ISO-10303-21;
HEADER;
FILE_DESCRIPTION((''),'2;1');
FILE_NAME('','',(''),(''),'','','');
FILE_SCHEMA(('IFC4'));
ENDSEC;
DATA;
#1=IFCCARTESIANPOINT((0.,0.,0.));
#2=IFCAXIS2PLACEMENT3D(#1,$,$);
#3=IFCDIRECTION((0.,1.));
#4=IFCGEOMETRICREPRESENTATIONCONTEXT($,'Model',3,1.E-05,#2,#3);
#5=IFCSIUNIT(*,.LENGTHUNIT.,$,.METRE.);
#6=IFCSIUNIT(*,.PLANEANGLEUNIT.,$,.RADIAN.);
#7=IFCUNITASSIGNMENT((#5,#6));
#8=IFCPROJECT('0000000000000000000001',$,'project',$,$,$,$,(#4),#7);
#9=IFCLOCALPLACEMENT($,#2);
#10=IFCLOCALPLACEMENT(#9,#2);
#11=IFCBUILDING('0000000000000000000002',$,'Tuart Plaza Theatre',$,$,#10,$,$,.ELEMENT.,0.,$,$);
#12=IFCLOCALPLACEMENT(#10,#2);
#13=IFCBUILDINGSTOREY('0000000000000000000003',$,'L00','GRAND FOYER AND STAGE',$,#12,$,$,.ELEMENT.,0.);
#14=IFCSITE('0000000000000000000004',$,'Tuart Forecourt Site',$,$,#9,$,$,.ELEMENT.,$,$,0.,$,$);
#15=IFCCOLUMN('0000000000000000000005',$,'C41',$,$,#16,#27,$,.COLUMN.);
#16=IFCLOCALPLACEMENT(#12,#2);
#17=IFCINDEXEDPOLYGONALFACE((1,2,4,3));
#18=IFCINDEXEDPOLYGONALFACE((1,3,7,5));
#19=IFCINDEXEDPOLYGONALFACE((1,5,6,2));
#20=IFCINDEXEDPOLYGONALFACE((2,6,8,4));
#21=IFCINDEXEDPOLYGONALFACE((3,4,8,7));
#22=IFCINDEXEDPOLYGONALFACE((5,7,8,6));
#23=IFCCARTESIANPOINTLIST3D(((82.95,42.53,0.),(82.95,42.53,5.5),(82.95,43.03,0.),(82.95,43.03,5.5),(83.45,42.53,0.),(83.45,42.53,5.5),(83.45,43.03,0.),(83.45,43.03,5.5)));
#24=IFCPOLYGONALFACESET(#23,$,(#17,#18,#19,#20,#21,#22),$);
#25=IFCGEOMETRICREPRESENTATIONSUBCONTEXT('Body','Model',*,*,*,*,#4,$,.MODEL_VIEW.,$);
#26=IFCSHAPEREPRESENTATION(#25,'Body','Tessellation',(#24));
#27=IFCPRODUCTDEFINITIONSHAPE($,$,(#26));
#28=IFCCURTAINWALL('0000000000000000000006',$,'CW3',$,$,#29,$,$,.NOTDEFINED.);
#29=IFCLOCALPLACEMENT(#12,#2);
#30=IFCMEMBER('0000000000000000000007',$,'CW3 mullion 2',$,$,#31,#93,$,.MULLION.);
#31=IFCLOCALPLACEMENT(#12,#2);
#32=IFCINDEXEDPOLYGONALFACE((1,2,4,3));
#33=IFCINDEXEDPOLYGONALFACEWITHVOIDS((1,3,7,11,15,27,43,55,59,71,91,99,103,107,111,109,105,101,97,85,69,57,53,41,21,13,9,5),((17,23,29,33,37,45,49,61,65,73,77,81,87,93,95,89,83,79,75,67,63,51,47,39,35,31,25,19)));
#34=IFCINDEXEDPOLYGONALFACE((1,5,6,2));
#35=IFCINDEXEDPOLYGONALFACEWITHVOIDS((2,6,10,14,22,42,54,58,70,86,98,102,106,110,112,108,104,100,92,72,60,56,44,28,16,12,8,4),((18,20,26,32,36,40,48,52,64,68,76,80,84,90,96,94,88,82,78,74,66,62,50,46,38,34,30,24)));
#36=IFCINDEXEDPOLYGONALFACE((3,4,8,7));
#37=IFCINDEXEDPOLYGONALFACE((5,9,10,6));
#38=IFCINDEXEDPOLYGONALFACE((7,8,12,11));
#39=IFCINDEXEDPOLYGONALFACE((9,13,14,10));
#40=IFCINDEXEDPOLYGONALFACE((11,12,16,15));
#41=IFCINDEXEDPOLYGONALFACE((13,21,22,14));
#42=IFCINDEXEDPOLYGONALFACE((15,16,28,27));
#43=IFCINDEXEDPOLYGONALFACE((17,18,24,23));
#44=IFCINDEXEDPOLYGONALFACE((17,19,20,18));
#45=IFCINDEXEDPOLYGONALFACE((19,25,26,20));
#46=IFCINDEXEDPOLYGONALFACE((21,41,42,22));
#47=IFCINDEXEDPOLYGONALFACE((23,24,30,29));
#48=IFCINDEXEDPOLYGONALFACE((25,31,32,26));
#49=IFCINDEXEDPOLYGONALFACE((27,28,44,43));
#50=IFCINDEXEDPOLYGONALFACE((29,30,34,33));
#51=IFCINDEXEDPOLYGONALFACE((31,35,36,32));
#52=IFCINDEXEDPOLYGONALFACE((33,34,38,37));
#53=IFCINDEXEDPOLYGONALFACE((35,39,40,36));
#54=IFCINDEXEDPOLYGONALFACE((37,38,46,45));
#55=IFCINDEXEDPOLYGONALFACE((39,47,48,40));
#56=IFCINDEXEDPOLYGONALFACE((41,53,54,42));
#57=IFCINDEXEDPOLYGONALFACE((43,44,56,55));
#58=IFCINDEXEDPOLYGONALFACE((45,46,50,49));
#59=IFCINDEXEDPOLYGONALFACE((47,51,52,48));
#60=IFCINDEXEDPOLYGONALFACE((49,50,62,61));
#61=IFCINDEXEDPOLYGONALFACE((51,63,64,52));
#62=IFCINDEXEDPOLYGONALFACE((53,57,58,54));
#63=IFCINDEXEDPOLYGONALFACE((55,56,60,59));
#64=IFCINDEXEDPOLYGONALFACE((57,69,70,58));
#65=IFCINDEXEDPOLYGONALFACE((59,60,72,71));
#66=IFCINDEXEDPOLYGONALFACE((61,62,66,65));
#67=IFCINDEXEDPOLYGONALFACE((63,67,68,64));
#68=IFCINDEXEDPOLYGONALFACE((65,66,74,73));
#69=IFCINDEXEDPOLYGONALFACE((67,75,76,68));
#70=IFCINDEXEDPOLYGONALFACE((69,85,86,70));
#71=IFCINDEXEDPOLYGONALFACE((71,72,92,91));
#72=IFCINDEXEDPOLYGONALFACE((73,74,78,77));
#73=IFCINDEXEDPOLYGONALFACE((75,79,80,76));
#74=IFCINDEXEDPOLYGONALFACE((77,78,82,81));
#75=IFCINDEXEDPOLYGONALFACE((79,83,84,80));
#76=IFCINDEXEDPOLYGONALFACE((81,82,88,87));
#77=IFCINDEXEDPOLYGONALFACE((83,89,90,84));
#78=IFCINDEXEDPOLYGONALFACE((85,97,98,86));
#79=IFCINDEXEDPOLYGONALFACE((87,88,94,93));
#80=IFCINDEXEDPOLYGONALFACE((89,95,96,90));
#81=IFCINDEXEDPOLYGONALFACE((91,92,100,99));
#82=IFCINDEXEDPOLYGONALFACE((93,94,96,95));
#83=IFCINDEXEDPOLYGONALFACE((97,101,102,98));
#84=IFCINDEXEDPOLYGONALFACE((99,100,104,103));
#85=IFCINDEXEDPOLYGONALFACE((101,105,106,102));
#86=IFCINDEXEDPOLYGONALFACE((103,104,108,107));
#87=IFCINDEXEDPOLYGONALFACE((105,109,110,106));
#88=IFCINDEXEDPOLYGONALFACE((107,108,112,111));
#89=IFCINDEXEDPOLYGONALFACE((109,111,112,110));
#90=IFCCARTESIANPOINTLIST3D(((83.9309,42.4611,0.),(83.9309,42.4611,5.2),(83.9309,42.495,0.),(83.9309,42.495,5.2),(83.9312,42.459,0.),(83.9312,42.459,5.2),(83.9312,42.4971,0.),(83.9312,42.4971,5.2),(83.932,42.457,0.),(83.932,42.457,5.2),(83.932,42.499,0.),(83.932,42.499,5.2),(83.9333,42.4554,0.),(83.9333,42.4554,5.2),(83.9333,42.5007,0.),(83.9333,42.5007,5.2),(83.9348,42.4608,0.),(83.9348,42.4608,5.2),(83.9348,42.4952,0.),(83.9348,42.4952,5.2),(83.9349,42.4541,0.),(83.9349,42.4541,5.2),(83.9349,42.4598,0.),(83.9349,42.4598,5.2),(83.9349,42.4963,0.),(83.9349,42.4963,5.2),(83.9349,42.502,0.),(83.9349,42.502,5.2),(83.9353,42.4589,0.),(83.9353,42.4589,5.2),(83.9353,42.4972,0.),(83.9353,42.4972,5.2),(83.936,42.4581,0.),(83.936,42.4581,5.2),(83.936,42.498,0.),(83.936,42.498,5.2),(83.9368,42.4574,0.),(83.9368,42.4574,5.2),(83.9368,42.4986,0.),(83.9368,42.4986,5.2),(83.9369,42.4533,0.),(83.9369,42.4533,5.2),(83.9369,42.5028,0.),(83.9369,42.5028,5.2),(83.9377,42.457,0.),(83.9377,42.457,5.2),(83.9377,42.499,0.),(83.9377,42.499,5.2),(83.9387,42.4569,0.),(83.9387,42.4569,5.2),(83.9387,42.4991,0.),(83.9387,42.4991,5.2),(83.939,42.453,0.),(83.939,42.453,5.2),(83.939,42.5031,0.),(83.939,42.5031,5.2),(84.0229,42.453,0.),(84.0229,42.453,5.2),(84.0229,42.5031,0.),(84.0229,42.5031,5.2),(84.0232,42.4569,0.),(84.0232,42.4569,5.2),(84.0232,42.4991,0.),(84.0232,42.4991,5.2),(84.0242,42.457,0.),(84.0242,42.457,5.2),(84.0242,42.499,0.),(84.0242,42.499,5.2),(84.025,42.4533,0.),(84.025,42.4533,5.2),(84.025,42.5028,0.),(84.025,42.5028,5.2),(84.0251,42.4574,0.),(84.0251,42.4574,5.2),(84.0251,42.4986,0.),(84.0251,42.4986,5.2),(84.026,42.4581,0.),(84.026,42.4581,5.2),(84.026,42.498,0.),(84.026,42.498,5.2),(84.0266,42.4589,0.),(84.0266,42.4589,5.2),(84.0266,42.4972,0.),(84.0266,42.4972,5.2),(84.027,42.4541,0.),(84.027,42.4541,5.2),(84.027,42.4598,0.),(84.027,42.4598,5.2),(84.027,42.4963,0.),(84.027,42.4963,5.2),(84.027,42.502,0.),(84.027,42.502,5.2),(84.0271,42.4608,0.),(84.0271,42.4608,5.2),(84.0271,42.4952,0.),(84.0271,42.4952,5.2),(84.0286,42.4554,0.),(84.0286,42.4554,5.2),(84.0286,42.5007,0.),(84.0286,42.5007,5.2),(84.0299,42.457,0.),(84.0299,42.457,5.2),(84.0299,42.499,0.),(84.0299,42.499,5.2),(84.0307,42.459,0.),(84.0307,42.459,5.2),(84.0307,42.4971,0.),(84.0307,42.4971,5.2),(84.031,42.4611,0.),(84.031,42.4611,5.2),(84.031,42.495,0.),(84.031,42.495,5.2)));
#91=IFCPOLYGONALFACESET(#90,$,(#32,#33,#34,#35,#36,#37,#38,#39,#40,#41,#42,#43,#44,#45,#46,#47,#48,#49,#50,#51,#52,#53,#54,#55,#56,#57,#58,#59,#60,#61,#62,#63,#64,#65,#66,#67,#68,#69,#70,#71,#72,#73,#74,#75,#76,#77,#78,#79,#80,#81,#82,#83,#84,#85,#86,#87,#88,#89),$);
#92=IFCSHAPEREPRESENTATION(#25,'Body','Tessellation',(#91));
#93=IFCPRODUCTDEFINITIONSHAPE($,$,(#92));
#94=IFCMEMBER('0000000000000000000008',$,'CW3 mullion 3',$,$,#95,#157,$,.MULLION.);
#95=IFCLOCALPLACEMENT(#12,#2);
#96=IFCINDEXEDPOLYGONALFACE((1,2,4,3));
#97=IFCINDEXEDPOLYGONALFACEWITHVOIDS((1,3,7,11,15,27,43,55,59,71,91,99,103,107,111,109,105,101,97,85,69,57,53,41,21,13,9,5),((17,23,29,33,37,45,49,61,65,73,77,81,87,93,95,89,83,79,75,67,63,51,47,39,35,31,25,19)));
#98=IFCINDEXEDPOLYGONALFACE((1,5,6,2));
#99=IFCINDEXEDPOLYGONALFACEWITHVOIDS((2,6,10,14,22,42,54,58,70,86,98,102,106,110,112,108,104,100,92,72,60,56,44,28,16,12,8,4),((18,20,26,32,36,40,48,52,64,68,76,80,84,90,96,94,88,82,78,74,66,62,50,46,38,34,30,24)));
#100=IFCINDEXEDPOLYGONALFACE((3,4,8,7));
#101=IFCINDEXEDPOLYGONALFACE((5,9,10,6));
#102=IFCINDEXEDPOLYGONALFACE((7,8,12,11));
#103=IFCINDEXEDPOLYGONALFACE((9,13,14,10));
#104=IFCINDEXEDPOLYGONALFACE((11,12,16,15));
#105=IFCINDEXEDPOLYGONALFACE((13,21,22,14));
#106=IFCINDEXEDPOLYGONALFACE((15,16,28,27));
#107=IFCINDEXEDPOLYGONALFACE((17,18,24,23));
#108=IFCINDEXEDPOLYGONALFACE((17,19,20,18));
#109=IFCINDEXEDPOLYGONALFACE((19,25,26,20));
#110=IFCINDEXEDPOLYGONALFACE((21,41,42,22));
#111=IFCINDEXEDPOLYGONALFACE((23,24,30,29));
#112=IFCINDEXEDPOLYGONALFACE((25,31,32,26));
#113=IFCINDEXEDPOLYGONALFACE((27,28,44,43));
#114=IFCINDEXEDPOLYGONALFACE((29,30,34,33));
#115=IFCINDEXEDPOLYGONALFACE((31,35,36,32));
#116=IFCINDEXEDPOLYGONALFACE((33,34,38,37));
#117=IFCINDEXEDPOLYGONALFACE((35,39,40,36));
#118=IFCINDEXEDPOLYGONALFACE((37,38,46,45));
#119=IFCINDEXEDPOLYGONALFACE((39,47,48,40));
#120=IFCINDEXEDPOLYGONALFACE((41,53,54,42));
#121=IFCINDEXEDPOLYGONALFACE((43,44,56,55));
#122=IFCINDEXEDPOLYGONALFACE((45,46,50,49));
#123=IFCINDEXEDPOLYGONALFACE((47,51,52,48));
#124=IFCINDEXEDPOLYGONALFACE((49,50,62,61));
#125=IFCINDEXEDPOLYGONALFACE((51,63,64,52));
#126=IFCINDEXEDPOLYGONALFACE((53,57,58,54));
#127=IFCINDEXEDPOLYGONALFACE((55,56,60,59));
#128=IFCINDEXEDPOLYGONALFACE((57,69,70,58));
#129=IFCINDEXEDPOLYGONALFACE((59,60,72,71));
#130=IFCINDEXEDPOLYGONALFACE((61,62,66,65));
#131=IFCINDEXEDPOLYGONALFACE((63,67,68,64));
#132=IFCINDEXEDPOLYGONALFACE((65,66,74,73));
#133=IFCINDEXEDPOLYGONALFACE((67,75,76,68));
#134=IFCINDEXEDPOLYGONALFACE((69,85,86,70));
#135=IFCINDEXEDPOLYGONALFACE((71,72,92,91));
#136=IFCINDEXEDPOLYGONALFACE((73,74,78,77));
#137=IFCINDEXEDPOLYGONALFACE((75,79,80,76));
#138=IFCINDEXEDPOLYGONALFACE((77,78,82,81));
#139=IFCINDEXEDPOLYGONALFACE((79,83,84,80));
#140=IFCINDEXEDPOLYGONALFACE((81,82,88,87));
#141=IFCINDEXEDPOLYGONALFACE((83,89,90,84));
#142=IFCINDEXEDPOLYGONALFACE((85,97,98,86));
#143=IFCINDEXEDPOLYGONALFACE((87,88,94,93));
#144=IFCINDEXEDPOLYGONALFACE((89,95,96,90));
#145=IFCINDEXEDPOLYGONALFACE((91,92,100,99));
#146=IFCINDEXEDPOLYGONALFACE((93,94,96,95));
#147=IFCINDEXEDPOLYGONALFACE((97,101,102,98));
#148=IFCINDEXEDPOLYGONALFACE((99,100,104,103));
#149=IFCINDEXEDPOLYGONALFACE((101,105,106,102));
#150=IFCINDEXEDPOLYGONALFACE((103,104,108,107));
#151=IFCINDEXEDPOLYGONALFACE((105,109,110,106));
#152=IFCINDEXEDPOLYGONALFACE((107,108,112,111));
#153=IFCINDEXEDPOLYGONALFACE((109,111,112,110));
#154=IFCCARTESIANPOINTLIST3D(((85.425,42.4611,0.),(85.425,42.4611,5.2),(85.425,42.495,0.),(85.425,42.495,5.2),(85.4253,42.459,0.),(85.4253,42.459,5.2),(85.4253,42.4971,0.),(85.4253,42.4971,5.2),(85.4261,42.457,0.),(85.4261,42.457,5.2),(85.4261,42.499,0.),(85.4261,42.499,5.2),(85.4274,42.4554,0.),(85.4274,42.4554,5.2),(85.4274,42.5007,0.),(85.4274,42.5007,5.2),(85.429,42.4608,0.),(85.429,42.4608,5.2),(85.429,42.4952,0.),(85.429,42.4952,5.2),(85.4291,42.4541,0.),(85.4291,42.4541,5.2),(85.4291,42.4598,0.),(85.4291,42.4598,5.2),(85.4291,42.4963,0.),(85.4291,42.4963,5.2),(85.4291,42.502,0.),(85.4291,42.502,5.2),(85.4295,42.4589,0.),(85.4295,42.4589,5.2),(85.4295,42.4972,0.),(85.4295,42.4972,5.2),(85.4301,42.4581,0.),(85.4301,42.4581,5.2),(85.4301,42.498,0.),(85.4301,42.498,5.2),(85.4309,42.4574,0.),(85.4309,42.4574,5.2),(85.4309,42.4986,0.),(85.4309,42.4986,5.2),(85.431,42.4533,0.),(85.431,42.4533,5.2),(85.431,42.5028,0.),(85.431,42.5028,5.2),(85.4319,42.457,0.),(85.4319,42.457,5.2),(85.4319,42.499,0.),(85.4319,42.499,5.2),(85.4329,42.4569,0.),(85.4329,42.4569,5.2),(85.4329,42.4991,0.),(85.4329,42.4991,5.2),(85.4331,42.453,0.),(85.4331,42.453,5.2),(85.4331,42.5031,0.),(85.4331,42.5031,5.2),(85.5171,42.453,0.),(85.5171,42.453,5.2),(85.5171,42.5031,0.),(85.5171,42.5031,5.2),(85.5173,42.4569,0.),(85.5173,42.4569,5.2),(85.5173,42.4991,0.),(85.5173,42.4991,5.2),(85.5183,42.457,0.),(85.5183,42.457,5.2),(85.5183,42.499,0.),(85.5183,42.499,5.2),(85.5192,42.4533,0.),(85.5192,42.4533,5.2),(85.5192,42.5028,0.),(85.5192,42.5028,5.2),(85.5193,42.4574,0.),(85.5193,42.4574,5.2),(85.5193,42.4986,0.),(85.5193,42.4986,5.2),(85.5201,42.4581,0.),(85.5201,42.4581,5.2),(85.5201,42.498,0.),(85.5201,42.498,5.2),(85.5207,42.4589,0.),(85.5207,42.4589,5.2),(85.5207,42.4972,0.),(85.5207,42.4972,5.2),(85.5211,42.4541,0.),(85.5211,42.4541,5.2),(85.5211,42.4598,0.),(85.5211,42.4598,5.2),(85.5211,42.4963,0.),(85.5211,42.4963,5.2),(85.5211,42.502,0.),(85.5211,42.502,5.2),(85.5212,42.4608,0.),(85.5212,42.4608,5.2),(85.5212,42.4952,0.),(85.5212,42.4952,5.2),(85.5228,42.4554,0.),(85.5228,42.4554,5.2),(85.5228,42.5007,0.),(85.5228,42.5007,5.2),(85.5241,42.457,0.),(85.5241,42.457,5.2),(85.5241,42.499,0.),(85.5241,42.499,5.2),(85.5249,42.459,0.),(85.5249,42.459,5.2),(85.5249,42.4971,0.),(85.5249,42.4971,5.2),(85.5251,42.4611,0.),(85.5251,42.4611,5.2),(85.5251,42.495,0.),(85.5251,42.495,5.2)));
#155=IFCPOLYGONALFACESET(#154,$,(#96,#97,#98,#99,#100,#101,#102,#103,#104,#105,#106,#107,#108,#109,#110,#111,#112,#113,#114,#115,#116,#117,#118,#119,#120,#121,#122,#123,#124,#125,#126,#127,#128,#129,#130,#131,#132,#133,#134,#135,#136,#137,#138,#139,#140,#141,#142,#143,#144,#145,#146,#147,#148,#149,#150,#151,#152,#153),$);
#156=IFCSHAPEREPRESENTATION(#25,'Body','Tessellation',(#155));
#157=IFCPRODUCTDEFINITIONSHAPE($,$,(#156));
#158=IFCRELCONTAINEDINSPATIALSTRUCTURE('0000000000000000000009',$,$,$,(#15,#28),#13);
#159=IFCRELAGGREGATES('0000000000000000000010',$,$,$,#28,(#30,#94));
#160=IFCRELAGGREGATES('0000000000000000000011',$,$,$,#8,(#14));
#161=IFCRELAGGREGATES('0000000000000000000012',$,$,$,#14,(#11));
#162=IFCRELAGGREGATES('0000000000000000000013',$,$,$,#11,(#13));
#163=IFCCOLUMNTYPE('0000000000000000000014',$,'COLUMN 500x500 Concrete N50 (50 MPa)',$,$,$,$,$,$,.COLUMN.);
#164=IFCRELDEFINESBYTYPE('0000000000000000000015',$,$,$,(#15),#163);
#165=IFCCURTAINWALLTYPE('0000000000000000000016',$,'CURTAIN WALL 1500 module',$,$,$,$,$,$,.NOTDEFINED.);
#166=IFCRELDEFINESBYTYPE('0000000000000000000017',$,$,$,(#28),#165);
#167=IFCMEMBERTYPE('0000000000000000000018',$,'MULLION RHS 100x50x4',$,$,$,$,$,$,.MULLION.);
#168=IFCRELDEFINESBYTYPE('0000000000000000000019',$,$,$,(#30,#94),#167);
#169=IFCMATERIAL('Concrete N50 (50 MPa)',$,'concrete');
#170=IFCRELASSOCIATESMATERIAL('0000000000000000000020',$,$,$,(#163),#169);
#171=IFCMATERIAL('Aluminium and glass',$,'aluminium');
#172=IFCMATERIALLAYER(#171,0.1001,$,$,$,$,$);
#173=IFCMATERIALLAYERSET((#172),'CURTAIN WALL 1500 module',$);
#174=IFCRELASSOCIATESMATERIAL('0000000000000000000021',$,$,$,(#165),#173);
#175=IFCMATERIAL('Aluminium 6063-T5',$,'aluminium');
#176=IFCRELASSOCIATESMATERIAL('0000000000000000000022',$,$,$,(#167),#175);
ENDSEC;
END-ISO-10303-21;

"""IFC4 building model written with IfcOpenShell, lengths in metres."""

from ifc_helpers import new_model, si_unit, direction, frame, origin, origin_2d, place, context, subcontext, project, spatial, rectangle, hollow_rectangle, extrude, material, layer, layer_set, material_profile, profile_set, type_object, element, aggregate, save


model = new_model("IFC4")

# Units and contexts
model_context = context("Model", 3, precision=1e-05, world=origin(), true_north=direction((0.0, 1.0)))
body_context = subcontext(model_context, "Body", "Model", "MODEL_VIEW")
ifc_project = project(units=[si_unit("LENGTHUNIT", "METRE"), si_unit("PLANEANGLEUNIT", "RADIAN")], contexts=[model_context])

# Site, building, storey
site_placement = place(None, origin())
site = spatial("IfcSite", under=ifc_project, at=site_placement, Name="Tuart Forecourt Site", CompositionType="ELEMENT", RefElevation=0.0)
building_placement = place(site_placement, origin())
building = spatial("IfcBuilding", under=site, at=building_placement, Name="Tuart Plaza Theatre", CompositionType="ELEMENT", ElevationOfRefHeight=0.0)
storey_placement = place(building_placement, origin())
storey = spatial("IfcBuildingStorey", under=building, at=storey_placement, Name="L00", Description="GRAND FOYER AND STAGE", CompositionType="ELEMENT", Elevation=0.0)

# Column
ifc_material_1 = material(Name="Concrete N50 (50 MPa)", Category="concrete")
ifc_material_profile_1 = material_profile(ifc_material_1, rectangle(XDim=0.5, YDim=0.5, at=origin_2d()), Name="COLUMN 500x500 Concrete N50 (50 MPa)")
ifc_profile_set_1 = profile_set([ifc_material_profile_1], Name="Concrete N50 (50 MPa)")
column_type = type_object("IfcColumnType", Name="COLUMN 500x500 Concrete N50 (50 MPa)", PredefinedType="COLUMN", material=ifc_profile_set_1)
column_placement = place(storey_placement, frame((83.2, 42.78, 0.0), z_axis=(0.0, 0.0, 1.0), x_axis=(1.0, 0.0, 0.0)))
element("IfcColumn", 1, at=column_placement, inside=storey, type_object=column_type, Name="C41", PredefinedType="COLUMN", context=body_context, shape_type="SweptSolid", body=[
    extrude(rectangle(XDim=0.5, YDim=0.5, at=origin_2d()), origin(), (0.0, 0.0, 1.0), 5.5),
])

# Curtain wall, members
ifc_material_2 = material(Name="Aluminium and glass", Category="aluminium")
ifc_layer_1 = layer(ifc_material_2, 0.1001)
ifc_layer_set_1 = layer_set([ifc_layer_1], Name="CURTAIN WALL 1500 module")
curtain_wall_type = type_object("IfcCurtainWallType", Name="CURTAIN WALL 1500 module", PredefinedType="NOTDEFINED", material=ifc_layer_set_1)
curtain_wall_placement = place(storey_placement, origin())
curtain_wall = element("IfcCurtainWall", 2, at=curtain_wall_placement, inside=storey, type_object=curtain_wall_type, Name="CW3", PredefinedType="NOTDEFINED")
ifc_material_3 = material(Name="Aluminium 6063-T5", Category="aluminium")
ifc_material_profile_2 = material_profile(ifc_material_3, hollow_rectangle(XDim=0.05, YDim=0.1001, WallThickness=0.0039, InnerFilletRadius=0.0039, OuterFilletRadius=0.0081, at=origin_2d()), Name="RHS 100x50x4")
ifc_profile_set_2 = profile_set([ifc_material_profile_2], Name="Aluminium 6063-T5")
member_type_1 = type_object("IfcMemberType", Name="MULLION RHS 100x50x4", PredefinedType="MULLION", material=ifc_profile_set_2)
member_1_placement = place(storey_placement, frame((83.981, 42.478, 0.0), z_axis=(0.0, 0.0, 1.0), x_axis=(0.0, 1.0, 0.0)))
member_1 = element("IfcMember", 3, at=member_1_placement, type_object=member_type_1, Name="CW3 mullion 2", PredefinedType="MULLION", context=body_context, shape_type="SweptSolid", body=[
    extrude(hollow_rectangle(XDim=0.05, YDim=0.1001, WallThickness=0.0039, InnerFilletRadius=0.0039, OuterFilletRadius=0.0081, at=origin_2d()), origin(), (0.0, 0.0, 1.0), 5.2),
])
member_2_placement = place(storey_placement, frame((85.4751, 42.478, 0.0), z_axis=(0.0, 0.0, 1.0), x_axis=(0.0, 1.0, 0.0)))
member_2 = element("IfcMember", 4, at=member_2_placement, type_object=member_type_1, Name="CW3 mullion 3", PredefinedType="MULLION", context=body_context, shape_type="SweptSolid", body=[
    extrude(hollow_rectangle(XDim=0.05, YDim=0.1001, WallThickness=0.0039, InnerFilletRadius=0.0039, OuterFilletRadius=0.0081, at=origin_2d()), origin(), (0.0, 0.0, 1.0), 5.2),
])
aggregate(curtain_wall, [member_1, member_2])

save(model, "model.ifc")
